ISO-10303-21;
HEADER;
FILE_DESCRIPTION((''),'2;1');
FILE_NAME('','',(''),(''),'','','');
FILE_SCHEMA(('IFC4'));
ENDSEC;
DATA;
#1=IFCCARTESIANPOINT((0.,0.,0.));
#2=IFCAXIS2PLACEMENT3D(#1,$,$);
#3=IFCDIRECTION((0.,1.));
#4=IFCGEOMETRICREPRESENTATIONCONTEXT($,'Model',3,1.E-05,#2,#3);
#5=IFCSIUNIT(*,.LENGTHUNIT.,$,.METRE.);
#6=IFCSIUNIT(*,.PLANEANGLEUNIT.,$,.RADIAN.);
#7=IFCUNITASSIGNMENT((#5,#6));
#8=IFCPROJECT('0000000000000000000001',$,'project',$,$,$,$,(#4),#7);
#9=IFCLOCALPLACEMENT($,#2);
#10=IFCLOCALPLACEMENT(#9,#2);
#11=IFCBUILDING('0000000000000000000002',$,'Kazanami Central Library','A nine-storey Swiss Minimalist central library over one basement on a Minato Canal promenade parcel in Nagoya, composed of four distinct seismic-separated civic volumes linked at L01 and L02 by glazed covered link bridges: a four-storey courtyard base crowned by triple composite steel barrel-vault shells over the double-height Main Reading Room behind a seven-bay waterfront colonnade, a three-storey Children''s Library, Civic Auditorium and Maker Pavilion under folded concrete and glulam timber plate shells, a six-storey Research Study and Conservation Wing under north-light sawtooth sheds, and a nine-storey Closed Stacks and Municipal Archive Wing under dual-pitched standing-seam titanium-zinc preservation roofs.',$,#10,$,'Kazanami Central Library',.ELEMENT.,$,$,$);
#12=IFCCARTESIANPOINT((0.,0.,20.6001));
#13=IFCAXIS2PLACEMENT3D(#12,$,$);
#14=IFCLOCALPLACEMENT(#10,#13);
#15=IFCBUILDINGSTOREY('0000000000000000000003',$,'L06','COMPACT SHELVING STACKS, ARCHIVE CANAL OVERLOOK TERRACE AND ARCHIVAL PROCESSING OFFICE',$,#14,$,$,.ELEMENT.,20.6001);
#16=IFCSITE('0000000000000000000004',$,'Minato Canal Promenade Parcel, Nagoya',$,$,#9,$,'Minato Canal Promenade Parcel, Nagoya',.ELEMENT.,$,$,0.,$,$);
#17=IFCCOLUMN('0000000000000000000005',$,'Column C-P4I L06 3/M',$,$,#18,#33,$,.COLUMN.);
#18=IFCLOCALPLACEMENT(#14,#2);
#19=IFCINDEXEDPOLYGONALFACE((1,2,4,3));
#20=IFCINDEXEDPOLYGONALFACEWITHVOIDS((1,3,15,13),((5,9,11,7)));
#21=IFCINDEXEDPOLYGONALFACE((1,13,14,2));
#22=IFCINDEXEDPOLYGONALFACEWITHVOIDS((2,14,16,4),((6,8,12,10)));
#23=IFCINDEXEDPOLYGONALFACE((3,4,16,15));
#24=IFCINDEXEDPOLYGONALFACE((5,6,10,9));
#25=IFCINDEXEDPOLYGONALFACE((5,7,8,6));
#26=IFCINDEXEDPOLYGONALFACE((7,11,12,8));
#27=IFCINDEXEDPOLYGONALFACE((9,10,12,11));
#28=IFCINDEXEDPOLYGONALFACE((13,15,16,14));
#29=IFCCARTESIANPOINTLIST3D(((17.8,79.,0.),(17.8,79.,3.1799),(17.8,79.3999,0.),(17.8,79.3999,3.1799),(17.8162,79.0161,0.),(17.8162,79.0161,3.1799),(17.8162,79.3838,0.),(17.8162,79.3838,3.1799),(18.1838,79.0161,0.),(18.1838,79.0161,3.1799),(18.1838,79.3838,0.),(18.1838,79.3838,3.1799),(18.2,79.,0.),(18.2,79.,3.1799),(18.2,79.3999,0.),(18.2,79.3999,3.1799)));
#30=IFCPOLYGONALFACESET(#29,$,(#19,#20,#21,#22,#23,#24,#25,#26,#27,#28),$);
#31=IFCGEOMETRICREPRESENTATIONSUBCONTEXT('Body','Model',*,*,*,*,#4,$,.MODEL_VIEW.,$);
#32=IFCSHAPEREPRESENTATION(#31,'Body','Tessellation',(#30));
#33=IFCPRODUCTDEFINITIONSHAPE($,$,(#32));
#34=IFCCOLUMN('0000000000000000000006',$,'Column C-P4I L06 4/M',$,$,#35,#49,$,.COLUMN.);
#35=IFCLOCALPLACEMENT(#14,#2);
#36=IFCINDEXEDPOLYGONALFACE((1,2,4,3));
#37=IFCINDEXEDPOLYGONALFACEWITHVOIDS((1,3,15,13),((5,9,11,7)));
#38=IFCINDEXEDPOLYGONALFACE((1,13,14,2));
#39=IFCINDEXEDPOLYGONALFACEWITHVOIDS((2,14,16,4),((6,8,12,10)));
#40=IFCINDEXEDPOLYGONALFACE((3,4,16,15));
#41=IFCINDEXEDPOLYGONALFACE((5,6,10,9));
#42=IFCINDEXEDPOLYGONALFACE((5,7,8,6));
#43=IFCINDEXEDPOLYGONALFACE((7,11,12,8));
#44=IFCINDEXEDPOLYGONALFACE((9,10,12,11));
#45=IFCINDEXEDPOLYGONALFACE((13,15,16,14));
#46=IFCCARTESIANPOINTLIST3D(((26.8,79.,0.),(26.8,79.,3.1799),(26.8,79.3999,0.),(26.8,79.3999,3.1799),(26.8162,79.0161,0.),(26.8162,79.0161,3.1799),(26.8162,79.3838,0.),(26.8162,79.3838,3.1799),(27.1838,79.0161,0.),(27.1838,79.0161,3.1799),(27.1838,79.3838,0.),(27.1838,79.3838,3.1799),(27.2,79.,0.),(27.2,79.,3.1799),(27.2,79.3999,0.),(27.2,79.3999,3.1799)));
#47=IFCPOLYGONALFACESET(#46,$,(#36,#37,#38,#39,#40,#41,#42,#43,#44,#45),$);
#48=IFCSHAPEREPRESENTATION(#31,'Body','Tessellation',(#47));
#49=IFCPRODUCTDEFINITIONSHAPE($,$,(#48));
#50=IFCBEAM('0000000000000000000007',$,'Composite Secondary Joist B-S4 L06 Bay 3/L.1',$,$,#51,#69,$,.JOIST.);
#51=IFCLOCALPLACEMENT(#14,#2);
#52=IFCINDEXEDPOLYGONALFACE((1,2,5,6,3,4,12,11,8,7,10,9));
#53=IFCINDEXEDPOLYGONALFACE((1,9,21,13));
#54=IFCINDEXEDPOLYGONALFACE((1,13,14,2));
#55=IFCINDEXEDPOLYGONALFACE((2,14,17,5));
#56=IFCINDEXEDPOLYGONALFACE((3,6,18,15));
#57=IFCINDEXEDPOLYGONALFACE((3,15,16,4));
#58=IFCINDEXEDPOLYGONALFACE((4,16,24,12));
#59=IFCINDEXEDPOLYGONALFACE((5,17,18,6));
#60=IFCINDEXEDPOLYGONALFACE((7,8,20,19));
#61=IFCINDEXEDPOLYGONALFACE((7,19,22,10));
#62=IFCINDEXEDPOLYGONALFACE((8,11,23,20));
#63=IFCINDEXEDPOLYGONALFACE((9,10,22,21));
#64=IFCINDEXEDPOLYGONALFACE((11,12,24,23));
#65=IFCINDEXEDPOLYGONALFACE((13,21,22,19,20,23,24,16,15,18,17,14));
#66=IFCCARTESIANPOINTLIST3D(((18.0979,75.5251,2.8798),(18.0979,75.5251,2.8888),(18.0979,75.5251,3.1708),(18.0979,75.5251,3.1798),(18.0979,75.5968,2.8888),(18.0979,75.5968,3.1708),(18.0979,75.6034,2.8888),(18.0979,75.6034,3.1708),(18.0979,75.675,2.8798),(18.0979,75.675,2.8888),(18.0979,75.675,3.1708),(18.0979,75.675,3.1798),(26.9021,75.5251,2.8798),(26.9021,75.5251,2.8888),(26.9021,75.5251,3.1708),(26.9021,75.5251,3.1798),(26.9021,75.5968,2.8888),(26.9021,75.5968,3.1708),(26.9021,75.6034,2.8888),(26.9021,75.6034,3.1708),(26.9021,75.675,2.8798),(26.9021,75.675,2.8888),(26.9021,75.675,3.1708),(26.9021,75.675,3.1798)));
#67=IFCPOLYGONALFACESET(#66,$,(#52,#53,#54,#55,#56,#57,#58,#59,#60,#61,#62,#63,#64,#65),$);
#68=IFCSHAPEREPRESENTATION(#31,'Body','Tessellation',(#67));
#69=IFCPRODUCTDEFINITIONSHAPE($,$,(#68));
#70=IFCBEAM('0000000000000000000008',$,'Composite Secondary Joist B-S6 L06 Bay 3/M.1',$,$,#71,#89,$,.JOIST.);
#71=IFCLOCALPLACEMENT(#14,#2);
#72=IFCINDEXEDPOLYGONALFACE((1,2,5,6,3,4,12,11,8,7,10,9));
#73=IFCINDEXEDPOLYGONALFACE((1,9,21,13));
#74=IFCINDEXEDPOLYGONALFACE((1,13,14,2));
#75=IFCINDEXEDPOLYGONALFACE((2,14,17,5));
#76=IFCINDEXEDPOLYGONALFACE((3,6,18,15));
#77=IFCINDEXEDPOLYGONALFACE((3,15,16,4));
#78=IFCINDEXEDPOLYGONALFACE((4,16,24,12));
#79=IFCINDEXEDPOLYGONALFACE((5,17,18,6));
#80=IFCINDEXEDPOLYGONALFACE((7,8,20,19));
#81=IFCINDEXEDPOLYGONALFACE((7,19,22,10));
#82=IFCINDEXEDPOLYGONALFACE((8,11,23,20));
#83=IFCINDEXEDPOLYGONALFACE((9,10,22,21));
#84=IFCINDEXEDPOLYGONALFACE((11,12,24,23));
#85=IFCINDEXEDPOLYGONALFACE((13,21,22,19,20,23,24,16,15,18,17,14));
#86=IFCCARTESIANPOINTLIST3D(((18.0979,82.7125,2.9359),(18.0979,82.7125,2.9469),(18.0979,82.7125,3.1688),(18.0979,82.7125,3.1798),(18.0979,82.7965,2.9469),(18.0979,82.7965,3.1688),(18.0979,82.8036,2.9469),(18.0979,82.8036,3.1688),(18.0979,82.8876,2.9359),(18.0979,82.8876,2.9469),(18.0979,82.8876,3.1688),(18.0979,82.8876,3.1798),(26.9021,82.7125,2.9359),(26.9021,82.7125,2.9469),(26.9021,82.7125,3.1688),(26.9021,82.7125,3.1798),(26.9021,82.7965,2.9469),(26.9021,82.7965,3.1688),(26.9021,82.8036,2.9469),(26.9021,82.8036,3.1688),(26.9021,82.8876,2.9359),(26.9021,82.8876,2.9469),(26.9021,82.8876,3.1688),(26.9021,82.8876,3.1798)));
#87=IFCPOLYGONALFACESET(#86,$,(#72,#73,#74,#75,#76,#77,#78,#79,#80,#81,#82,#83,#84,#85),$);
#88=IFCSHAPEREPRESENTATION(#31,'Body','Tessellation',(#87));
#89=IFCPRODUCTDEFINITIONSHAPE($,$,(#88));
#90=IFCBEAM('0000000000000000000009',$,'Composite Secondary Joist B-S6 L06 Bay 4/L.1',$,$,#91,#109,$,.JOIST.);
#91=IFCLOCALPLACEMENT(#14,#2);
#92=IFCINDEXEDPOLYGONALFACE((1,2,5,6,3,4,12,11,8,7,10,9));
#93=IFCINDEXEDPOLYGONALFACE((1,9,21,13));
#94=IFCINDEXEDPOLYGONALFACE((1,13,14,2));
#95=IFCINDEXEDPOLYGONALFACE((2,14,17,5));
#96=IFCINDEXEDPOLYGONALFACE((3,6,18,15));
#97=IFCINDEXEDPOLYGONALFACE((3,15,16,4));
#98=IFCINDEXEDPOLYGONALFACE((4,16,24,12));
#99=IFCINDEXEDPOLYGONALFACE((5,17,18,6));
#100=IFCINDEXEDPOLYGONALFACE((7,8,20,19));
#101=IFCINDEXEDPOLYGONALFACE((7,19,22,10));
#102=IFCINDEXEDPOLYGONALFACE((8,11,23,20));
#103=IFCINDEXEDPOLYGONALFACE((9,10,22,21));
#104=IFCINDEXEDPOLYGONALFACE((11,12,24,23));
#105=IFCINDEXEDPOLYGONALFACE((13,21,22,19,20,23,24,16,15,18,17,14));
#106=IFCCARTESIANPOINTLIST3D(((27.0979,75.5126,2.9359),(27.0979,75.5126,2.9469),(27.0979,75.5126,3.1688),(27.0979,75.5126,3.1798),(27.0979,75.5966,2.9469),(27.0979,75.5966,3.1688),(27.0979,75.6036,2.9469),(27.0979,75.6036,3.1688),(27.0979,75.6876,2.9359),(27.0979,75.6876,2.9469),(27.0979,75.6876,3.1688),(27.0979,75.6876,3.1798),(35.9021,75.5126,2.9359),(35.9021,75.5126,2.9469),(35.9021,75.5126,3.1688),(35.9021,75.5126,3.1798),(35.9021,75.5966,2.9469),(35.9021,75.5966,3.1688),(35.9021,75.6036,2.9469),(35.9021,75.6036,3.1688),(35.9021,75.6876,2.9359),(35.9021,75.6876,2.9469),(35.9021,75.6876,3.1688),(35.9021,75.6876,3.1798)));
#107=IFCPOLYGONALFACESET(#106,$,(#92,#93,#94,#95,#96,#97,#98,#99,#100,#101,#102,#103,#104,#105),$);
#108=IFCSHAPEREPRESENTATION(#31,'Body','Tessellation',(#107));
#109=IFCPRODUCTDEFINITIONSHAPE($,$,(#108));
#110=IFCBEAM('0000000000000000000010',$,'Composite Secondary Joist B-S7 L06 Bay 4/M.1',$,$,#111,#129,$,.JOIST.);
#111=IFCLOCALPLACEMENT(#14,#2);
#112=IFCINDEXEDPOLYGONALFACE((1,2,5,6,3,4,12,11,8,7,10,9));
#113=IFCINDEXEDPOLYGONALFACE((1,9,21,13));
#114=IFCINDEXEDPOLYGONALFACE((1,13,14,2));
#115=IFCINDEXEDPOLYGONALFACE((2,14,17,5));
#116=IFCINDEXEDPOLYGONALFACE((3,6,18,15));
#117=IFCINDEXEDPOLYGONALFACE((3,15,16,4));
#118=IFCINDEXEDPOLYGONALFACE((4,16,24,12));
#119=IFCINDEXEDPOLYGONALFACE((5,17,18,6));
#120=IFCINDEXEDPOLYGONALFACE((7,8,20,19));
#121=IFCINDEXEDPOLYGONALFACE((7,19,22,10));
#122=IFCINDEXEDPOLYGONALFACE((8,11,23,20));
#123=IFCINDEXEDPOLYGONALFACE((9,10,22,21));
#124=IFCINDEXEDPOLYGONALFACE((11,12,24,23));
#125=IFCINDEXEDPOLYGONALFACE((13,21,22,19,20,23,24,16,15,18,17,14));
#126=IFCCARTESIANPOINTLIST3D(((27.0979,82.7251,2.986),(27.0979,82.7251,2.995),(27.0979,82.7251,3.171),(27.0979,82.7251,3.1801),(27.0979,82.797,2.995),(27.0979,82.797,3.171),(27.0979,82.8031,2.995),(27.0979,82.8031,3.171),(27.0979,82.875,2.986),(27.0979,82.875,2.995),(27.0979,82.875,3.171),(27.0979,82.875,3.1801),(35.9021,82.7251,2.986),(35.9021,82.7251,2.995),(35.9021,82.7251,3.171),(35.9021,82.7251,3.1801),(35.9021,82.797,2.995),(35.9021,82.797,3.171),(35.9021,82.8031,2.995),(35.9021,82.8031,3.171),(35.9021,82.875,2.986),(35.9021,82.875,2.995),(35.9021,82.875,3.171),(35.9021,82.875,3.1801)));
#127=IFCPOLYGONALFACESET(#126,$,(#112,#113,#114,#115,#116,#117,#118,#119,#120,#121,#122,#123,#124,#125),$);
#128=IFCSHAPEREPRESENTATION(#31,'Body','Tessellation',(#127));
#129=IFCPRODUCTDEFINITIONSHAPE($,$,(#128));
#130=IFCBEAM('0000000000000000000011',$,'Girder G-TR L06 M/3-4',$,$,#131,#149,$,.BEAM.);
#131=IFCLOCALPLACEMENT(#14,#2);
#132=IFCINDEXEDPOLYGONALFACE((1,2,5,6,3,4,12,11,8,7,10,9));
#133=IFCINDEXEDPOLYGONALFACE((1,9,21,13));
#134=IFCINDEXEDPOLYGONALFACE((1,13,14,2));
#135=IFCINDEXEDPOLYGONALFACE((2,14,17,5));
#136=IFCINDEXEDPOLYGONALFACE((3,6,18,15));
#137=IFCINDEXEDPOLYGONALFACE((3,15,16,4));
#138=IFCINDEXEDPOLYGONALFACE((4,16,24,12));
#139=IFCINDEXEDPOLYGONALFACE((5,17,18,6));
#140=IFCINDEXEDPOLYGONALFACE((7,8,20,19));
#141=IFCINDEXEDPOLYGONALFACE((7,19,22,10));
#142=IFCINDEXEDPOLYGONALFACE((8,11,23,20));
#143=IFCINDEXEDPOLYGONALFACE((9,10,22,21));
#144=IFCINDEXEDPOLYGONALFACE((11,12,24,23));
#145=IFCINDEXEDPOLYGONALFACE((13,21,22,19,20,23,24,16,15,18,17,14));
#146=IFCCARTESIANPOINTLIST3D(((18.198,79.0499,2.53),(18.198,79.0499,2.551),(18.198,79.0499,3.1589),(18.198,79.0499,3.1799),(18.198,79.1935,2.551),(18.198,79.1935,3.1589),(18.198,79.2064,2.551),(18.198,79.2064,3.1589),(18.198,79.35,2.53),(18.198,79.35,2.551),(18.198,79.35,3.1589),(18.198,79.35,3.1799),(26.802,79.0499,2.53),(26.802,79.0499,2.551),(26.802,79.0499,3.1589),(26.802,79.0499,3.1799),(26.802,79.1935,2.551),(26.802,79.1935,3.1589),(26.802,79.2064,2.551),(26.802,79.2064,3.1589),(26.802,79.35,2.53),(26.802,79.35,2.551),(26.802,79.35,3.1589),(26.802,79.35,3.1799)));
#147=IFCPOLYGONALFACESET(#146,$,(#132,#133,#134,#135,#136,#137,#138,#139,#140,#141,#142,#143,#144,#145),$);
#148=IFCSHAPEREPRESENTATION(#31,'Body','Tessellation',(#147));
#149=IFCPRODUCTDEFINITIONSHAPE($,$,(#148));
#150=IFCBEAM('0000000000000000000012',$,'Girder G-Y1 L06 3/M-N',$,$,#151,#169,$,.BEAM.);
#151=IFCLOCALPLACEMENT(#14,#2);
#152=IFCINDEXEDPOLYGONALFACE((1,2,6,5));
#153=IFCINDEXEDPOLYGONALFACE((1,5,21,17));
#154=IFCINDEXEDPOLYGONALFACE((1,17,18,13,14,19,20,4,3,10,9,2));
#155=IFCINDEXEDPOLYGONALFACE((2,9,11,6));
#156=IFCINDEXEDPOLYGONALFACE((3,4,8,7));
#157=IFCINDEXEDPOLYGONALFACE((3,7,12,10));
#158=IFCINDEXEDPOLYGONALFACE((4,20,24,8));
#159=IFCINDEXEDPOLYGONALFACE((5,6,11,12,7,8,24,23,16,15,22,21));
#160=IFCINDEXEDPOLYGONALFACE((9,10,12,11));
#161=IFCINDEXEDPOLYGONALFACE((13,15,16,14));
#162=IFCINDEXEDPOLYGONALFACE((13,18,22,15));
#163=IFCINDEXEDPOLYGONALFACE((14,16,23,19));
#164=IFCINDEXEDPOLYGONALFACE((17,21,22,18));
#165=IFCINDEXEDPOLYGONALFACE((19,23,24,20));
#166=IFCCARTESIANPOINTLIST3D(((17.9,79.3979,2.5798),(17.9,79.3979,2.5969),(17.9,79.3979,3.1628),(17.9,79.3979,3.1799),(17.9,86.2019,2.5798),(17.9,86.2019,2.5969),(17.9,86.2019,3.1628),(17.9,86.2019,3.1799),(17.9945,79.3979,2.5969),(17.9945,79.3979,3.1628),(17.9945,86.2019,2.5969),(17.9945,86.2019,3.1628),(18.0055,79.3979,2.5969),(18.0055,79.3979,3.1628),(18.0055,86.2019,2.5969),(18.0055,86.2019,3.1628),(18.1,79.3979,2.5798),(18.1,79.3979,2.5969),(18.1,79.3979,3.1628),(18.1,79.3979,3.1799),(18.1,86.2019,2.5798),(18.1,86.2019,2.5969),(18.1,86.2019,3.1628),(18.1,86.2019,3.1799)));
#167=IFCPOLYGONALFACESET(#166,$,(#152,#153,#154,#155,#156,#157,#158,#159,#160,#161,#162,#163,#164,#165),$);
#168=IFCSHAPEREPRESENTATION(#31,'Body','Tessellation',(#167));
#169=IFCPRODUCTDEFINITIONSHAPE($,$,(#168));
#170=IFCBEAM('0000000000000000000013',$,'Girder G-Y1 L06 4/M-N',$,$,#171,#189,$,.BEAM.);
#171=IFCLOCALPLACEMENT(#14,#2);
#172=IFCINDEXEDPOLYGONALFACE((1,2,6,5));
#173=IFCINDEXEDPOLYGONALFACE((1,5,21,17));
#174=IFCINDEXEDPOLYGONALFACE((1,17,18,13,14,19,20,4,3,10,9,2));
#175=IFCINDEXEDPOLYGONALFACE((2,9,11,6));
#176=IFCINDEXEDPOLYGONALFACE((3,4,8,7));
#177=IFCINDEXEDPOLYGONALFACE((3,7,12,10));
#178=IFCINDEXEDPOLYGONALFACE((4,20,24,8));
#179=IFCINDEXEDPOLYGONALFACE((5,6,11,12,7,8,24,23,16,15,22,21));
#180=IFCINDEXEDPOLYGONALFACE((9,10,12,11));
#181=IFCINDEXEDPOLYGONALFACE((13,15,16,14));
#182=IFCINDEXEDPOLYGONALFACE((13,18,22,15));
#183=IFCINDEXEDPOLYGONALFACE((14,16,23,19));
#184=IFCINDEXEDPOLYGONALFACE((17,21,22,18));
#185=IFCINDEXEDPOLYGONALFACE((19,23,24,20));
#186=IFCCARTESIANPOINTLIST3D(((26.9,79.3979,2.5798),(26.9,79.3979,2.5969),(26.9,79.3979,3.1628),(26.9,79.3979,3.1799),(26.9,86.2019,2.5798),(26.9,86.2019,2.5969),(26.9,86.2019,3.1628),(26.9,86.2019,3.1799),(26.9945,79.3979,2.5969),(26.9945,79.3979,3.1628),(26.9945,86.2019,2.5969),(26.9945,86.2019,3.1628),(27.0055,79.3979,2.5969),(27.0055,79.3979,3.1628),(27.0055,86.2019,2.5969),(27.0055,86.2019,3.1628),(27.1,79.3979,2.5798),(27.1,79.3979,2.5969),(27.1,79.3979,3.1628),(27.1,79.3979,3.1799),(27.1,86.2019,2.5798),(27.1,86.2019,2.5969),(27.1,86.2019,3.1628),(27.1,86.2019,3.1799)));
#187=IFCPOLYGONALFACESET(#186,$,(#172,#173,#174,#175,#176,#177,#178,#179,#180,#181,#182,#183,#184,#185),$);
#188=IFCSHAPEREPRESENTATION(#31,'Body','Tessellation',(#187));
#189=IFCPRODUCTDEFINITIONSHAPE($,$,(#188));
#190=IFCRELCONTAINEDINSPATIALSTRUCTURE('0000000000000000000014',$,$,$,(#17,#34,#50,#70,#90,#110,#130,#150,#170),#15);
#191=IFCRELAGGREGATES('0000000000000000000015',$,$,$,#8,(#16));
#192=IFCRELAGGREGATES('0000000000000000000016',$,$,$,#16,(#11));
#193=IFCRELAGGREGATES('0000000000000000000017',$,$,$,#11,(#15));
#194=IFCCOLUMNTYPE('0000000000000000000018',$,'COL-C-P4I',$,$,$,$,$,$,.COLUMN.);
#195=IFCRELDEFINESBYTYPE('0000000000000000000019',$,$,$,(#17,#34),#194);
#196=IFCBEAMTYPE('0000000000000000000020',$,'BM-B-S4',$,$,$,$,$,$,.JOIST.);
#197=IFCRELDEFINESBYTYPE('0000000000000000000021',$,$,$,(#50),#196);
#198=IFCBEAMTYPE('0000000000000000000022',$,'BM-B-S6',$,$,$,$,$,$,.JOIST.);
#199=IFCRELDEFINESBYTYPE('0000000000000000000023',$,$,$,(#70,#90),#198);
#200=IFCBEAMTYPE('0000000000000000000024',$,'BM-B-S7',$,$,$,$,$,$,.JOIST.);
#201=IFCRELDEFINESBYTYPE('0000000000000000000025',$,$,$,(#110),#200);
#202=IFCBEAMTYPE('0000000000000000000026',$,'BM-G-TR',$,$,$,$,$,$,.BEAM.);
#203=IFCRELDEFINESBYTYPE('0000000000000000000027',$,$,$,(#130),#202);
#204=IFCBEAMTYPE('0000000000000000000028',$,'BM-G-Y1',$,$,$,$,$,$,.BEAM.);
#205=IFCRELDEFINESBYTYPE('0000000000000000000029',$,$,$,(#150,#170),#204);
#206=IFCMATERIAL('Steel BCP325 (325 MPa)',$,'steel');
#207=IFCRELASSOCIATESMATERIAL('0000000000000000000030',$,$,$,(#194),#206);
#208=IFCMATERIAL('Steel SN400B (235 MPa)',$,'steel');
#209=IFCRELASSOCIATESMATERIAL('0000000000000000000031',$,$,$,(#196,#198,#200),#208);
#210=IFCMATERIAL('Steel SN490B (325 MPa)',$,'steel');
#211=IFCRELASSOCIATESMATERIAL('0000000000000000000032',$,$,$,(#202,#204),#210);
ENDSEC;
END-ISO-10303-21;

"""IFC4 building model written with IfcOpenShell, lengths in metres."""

from ifc_helpers import new_model, si_unit, direction, frame, origin, origin_2d, place, context, subcontext, project, spatial, hollow_rectangle, i_section, extrude, material, material_profile, profile_set, type_object, element, save


model = new_model("IFC4")

# Units and contexts
model_context = context("Model", 3, precision=1e-05, world=origin(), true_north=direction((0.0, 1.0)))
body_context = subcontext(model_context, "Body", "Model", "MODEL_VIEW")
ifc_project = project(units=[si_unit("LENGTHUNIT", "METRE"), si_unit("PLANEANGLEUNIT", "RADIAN")], contexts=[model_context])

# Site, building, storey
site_placement = place(None, origin())
site = spatial("IfcSite", under=ifc_project, at=site_placement, Name="Minato Canal Promenade Parcel, Nagoya", LongName="Minato Canal Promenade Parcel, Nagoya", CompositionType="ELEMENT", RefElevation=0.0)
building_placement = place(site_placement, origin())
building = spatial("IfcBuilding", under=site, at=building_placement, Name="Kazanami Central Library", Description="A nine-storey Swiss Minimalist central library over one basement on a Minato Canal promenade parcel in Nagoya, composed of four distinct seismic-separated civic volumes linked at L01 and L02 by glazed covered link bridges: a four-storey courtyard base crowned by triple composite steel barrel-vault shells over the double-height Main Reading Room behind a seven-bay waterfront colonnade, a three-storey Children's Library, Civic Auditorium and Maker Pavilion under folded concrete and glulam timber plate shells, a six-storey Research Study and Conservation Wing under north-light sawtooth sheds, and a nine-storey Closed Stacks and Municipal Archive Wing under dual-pitched standing-seam titanium-zinc preservation roofs.", LongName="Kazanami Central Library", CompositionType="ELEMENT")
storey_placement = place(building_placement, frame((0.0, 0.0, 20.6001)))
storey = spatial("IfcBuildingStorey", under=building, at=storey_placement, Name="L06", Description="COMPACT SHELVING STACKS, ARCHIVE CANAL OVERLOOK TERRACE AND ARCHIVAL PROCESSING OFFICE", CompositionType="ELEMENT", Elevation=20.6001)

# Columns
ifc_material_1 = material(Name="Steel BCP325 (325 MPa)", Category="steel")
ifc_material_profile_1 = material_profile(ifc_material_1, hollow_rectangle(XDim=0.3999, YDim=0.3999, WallThickness=0.0161, at=origin_2d()), Name="BCP-400x400x16")
ifc_profile_set_1 = profile_set([ifc_material_profile_1], Name="Steel BCP325 (325 MPa)")
column_type = type_object("IfcColumnType", Name="COL-C-P4I", PredefinedType="COLUMN", material=ifc_profile_set_1)
for number, where, z_axis, x_axis, name in (
    (1, (18.0, 79.2, 0.0), (0.0, 0.0, 1.0), (1.0, 0.0, 0.0), "Column C-P4I L06 3/M"),
    (2, (27.0, 79.2, 0.0), (0.0, 0.0, 1.0), (1.0, 0.0, 0.0), "Column C-P4I L06 4/M"),
):
    element("IfcColumn", number, at=place(storey_placement, frame(where, z_axis=z_axis, x_axis=x_axis)), inside=storey, type_object=column_type, Name=name, PredefinedType="COLUMN", context=body_context, shape_type="SweptSolid", body=[
        extrude(hollow_rectangle(XDim=0.3999, YDim=0.3999, WallThickness=0.0161, at=origin_2d()), origin(), (0.0, 0.0, 1.0), 3.1799),
    ])

# Beams
ifc_material_2 = material(Name="Steel SN400B (235 MPa)", Category="steel")
ifc_material_profile_2 = material_profile(ifc_material_2, i_section(OverallWidth=0.1499, OverallDepth=0.3, WebThickness=0.0066, FlangeThickness=0.009, at=origin_2d()), Name="H-300x150x6.5x9")
ifc_profile_set_2 = profile_set([ifc_material_profile_2], Name="Steel SN400B (235 MPa)")
beam_type_1 = type_object("IfcBeamType", Name="BM-B-S4", PredefinedType="JOIST", material=ifc_profile_set_2)
beam_1_placement = place(storey_placement, frame((18.0979, 75.6001, 3.0298), z_axis=(1.0, 0.0, 0.0), x_axis=(0.0, 1.0, 0.0)))
element("IfcBeam", 3, at=beam_1_placement, inside=storey, type_object=beam_type_1, Name="Composite Secondary Joist B-S4 L06 Bay 3/L.1", PredefinedType="JOIST", context=body_context, shape_type="SweptSolid", body=[
    extrude(i_section(OverallWidth=0.1499, OverallDepth=0.3, WebThickness=0.0066, FlangeThickness=0.009, at=origin_2d()), origin(), (0.0, 0.0, 1.0), 8.8042),
])
ifc_material_profile_3 = material_profile(ifc_material_2, i_section(OverallWidth=0.175, OverallDepth=0.2439, WebThickness=0.0071, FlangeThickness=0.011, at=origin_2d()), Name="H-244x175x7x11")
ifc_profile_set_3 = profile_set([ifc_material_profile_3], Name="Steel SN400B (235 MPa)")
beam_type_2 = type_object("IfcBeamType", Name="BM-B-S6", PredefinedType="JOIST", material=ifc_profile_set_3)
for number, where, z_axis, x_axis, name in (
    (4, (18.0979, 82.8, 3.0579), (1.0, 0.0, 0.0), (0.0, 1.0, 0.0), "Composite Secondary Joist B-S6 L06 Bay 3/M.1"),
    (5, (27.0979, 75.6001, 3.0579), (1.0, 0.0, 0.0), (0.0, 1.0, 0.0), "Composite Secondary Joist B-S6 L06 Bay 4/L.1"),
):
    element("IfcBeam", number, at=place(storey_placement, frame(where, z_axis=z_axis, x_axis=x_axis)), inside=storey, type_object=beam_type_2, Name=name, PredefinedType="JOIST", context=body_context, shape_type="SweptSolid", body=[
        extrude(i_section(OverallWidth=0.175, OverallDepth=0.2439, WebThickness=0.0071, FlangeThickness=0.011, at=origin_2d()), origin(), (0.0, 0.0, 1.0), 8.8042),
    ])
ifc_material_profile_4 = material_profile(ifc_material_2, i_section(OverallWidth=0.1499, OverallDepth=0.1941, WebThickness=0.0061, FlangeThickness=0.009, at=origin_2d()), Name="H-194x150x6x9")
ifc_profile_set_4 = profile_set([ifc_material_profile_4], Name="Steel SN400B (235 MPa)")
beam_type_3 = type_object("IfcBeamType", Name="BM-B-S7", PredefinedType="JOIST", material=ifc_profile_set_4)
beam_2_placement = place(storey_placement, frame((27.0979, 82.8, 3.083), z_axis=(1.0, 0.0, 0.0), x_axis=(0.0, 1.0, 0.0)))
element("IfcBeam", 6, at=beam_2_placement, inside=storey, type_object=beam_type_3, Name="Composite Secondary Joist B-S7 L06 Bay 4/M.1", PredefinedType="JOIST", context=body_context, shape_type="SweptSolid", body=[
    extrude(i_section(OverallWidth=0.1499, OverallDepth=0.1941, WebThickness=0.0061, FlangeThickness=0.009, at=origin_2d()), origin(), (0.0, 0.0, 1.0), 8.8042),
])
ifc_material_3 = material(Name="Steel SN490B (325 MPa)", Category="steel")
ifc_material_profile_5 = material_profile(ifc_material_3, i_section(OverallWidth=0.3, OverallDepth=0.6499, WebThickness=0.0129, FlangeThickness=0.021, at=origin_2d()), Name="H-650x300x13x21")
ifc_profile_set_5 = profile_set([ifc_material_profile_5], Name="Steel SN490B (325 MPa)")
beam_type_4 = type_object("IfcBeamType", Name="BM-G-TR", PredefinedType="BEAM", material=ifc_profile_set_5)
beam_3_placement = place(storey_placement, frame((18.198, 79.2, 2.855), z_axis=(1.0, 0.0, 0.0), x_axis=(0.0, 1.0, 0.0)))
element("IfcBeam", 7, at=beam_3_placement, inside=storey, type_object=beam_type_4, Name="Girder G-TR L06 M/3-4", PredefinedType="BEAM", context=body_context, shape_type="SweptSolid", body=[
    extrude(i_section(OverallWidth=0.3, OverallDepth=0.6499, WebThickness=0.0129, FlangeThickness=0.021, at=origin_2d()), origin(), (0.0, 0.0, 1.0), 8.604),
])
ifc_material_profile_6 = material_profile(ifc_material_3, i_section(OverallWidth=0.2, OverallDepth=0.6001, WebThickness=0.011, FlangeThickness=0.0171, at=origin_2d()), Name="H-600x200x11x17")
ifc_profile_set_6 = profile_set([ifc_material_profile_6], Name="Steel SN490B (325 MPa)")
beam_type_5 = type_object("IfcBeamType", Name="BM-G-Y1", PredefinedType="BEAM", material=ifc_profile_set_6)
for number, where, z_axis, x_axis, name in (
    (8, (18.0, 79.3979, 2.8799), (0.0, 1.0, 0.0), (-1.0, 0.0, 0.0), "Girder G-Y1 L06 3/M-N"),
    (9, (27.0, 79.3979, 2.8799), (0.0, 1.0, 0.0), (-1.0, 0.0, 0.0), "Girder G-Y1 L06 4/M-N"),
):
    element("IfcBeam", number, at=place(storey_placement, frame(where, z_axis=z_axis, x_axis=x_axis)), inside=storey, type_object=beam_type_5, Name=name, PredefinedType="BEAM", context=body_context, shape_type="SweptSolid", body=[
        extrude(i_section(OverallWidth=0.2, OverallDepth=0.6001, WebThickness=0.011, FlangeThickness=0.0171, at=origin_2d()), origin(), (0.0, 0.0, 1.0), 6.804),
    ])

save(model, "model.ifc")
